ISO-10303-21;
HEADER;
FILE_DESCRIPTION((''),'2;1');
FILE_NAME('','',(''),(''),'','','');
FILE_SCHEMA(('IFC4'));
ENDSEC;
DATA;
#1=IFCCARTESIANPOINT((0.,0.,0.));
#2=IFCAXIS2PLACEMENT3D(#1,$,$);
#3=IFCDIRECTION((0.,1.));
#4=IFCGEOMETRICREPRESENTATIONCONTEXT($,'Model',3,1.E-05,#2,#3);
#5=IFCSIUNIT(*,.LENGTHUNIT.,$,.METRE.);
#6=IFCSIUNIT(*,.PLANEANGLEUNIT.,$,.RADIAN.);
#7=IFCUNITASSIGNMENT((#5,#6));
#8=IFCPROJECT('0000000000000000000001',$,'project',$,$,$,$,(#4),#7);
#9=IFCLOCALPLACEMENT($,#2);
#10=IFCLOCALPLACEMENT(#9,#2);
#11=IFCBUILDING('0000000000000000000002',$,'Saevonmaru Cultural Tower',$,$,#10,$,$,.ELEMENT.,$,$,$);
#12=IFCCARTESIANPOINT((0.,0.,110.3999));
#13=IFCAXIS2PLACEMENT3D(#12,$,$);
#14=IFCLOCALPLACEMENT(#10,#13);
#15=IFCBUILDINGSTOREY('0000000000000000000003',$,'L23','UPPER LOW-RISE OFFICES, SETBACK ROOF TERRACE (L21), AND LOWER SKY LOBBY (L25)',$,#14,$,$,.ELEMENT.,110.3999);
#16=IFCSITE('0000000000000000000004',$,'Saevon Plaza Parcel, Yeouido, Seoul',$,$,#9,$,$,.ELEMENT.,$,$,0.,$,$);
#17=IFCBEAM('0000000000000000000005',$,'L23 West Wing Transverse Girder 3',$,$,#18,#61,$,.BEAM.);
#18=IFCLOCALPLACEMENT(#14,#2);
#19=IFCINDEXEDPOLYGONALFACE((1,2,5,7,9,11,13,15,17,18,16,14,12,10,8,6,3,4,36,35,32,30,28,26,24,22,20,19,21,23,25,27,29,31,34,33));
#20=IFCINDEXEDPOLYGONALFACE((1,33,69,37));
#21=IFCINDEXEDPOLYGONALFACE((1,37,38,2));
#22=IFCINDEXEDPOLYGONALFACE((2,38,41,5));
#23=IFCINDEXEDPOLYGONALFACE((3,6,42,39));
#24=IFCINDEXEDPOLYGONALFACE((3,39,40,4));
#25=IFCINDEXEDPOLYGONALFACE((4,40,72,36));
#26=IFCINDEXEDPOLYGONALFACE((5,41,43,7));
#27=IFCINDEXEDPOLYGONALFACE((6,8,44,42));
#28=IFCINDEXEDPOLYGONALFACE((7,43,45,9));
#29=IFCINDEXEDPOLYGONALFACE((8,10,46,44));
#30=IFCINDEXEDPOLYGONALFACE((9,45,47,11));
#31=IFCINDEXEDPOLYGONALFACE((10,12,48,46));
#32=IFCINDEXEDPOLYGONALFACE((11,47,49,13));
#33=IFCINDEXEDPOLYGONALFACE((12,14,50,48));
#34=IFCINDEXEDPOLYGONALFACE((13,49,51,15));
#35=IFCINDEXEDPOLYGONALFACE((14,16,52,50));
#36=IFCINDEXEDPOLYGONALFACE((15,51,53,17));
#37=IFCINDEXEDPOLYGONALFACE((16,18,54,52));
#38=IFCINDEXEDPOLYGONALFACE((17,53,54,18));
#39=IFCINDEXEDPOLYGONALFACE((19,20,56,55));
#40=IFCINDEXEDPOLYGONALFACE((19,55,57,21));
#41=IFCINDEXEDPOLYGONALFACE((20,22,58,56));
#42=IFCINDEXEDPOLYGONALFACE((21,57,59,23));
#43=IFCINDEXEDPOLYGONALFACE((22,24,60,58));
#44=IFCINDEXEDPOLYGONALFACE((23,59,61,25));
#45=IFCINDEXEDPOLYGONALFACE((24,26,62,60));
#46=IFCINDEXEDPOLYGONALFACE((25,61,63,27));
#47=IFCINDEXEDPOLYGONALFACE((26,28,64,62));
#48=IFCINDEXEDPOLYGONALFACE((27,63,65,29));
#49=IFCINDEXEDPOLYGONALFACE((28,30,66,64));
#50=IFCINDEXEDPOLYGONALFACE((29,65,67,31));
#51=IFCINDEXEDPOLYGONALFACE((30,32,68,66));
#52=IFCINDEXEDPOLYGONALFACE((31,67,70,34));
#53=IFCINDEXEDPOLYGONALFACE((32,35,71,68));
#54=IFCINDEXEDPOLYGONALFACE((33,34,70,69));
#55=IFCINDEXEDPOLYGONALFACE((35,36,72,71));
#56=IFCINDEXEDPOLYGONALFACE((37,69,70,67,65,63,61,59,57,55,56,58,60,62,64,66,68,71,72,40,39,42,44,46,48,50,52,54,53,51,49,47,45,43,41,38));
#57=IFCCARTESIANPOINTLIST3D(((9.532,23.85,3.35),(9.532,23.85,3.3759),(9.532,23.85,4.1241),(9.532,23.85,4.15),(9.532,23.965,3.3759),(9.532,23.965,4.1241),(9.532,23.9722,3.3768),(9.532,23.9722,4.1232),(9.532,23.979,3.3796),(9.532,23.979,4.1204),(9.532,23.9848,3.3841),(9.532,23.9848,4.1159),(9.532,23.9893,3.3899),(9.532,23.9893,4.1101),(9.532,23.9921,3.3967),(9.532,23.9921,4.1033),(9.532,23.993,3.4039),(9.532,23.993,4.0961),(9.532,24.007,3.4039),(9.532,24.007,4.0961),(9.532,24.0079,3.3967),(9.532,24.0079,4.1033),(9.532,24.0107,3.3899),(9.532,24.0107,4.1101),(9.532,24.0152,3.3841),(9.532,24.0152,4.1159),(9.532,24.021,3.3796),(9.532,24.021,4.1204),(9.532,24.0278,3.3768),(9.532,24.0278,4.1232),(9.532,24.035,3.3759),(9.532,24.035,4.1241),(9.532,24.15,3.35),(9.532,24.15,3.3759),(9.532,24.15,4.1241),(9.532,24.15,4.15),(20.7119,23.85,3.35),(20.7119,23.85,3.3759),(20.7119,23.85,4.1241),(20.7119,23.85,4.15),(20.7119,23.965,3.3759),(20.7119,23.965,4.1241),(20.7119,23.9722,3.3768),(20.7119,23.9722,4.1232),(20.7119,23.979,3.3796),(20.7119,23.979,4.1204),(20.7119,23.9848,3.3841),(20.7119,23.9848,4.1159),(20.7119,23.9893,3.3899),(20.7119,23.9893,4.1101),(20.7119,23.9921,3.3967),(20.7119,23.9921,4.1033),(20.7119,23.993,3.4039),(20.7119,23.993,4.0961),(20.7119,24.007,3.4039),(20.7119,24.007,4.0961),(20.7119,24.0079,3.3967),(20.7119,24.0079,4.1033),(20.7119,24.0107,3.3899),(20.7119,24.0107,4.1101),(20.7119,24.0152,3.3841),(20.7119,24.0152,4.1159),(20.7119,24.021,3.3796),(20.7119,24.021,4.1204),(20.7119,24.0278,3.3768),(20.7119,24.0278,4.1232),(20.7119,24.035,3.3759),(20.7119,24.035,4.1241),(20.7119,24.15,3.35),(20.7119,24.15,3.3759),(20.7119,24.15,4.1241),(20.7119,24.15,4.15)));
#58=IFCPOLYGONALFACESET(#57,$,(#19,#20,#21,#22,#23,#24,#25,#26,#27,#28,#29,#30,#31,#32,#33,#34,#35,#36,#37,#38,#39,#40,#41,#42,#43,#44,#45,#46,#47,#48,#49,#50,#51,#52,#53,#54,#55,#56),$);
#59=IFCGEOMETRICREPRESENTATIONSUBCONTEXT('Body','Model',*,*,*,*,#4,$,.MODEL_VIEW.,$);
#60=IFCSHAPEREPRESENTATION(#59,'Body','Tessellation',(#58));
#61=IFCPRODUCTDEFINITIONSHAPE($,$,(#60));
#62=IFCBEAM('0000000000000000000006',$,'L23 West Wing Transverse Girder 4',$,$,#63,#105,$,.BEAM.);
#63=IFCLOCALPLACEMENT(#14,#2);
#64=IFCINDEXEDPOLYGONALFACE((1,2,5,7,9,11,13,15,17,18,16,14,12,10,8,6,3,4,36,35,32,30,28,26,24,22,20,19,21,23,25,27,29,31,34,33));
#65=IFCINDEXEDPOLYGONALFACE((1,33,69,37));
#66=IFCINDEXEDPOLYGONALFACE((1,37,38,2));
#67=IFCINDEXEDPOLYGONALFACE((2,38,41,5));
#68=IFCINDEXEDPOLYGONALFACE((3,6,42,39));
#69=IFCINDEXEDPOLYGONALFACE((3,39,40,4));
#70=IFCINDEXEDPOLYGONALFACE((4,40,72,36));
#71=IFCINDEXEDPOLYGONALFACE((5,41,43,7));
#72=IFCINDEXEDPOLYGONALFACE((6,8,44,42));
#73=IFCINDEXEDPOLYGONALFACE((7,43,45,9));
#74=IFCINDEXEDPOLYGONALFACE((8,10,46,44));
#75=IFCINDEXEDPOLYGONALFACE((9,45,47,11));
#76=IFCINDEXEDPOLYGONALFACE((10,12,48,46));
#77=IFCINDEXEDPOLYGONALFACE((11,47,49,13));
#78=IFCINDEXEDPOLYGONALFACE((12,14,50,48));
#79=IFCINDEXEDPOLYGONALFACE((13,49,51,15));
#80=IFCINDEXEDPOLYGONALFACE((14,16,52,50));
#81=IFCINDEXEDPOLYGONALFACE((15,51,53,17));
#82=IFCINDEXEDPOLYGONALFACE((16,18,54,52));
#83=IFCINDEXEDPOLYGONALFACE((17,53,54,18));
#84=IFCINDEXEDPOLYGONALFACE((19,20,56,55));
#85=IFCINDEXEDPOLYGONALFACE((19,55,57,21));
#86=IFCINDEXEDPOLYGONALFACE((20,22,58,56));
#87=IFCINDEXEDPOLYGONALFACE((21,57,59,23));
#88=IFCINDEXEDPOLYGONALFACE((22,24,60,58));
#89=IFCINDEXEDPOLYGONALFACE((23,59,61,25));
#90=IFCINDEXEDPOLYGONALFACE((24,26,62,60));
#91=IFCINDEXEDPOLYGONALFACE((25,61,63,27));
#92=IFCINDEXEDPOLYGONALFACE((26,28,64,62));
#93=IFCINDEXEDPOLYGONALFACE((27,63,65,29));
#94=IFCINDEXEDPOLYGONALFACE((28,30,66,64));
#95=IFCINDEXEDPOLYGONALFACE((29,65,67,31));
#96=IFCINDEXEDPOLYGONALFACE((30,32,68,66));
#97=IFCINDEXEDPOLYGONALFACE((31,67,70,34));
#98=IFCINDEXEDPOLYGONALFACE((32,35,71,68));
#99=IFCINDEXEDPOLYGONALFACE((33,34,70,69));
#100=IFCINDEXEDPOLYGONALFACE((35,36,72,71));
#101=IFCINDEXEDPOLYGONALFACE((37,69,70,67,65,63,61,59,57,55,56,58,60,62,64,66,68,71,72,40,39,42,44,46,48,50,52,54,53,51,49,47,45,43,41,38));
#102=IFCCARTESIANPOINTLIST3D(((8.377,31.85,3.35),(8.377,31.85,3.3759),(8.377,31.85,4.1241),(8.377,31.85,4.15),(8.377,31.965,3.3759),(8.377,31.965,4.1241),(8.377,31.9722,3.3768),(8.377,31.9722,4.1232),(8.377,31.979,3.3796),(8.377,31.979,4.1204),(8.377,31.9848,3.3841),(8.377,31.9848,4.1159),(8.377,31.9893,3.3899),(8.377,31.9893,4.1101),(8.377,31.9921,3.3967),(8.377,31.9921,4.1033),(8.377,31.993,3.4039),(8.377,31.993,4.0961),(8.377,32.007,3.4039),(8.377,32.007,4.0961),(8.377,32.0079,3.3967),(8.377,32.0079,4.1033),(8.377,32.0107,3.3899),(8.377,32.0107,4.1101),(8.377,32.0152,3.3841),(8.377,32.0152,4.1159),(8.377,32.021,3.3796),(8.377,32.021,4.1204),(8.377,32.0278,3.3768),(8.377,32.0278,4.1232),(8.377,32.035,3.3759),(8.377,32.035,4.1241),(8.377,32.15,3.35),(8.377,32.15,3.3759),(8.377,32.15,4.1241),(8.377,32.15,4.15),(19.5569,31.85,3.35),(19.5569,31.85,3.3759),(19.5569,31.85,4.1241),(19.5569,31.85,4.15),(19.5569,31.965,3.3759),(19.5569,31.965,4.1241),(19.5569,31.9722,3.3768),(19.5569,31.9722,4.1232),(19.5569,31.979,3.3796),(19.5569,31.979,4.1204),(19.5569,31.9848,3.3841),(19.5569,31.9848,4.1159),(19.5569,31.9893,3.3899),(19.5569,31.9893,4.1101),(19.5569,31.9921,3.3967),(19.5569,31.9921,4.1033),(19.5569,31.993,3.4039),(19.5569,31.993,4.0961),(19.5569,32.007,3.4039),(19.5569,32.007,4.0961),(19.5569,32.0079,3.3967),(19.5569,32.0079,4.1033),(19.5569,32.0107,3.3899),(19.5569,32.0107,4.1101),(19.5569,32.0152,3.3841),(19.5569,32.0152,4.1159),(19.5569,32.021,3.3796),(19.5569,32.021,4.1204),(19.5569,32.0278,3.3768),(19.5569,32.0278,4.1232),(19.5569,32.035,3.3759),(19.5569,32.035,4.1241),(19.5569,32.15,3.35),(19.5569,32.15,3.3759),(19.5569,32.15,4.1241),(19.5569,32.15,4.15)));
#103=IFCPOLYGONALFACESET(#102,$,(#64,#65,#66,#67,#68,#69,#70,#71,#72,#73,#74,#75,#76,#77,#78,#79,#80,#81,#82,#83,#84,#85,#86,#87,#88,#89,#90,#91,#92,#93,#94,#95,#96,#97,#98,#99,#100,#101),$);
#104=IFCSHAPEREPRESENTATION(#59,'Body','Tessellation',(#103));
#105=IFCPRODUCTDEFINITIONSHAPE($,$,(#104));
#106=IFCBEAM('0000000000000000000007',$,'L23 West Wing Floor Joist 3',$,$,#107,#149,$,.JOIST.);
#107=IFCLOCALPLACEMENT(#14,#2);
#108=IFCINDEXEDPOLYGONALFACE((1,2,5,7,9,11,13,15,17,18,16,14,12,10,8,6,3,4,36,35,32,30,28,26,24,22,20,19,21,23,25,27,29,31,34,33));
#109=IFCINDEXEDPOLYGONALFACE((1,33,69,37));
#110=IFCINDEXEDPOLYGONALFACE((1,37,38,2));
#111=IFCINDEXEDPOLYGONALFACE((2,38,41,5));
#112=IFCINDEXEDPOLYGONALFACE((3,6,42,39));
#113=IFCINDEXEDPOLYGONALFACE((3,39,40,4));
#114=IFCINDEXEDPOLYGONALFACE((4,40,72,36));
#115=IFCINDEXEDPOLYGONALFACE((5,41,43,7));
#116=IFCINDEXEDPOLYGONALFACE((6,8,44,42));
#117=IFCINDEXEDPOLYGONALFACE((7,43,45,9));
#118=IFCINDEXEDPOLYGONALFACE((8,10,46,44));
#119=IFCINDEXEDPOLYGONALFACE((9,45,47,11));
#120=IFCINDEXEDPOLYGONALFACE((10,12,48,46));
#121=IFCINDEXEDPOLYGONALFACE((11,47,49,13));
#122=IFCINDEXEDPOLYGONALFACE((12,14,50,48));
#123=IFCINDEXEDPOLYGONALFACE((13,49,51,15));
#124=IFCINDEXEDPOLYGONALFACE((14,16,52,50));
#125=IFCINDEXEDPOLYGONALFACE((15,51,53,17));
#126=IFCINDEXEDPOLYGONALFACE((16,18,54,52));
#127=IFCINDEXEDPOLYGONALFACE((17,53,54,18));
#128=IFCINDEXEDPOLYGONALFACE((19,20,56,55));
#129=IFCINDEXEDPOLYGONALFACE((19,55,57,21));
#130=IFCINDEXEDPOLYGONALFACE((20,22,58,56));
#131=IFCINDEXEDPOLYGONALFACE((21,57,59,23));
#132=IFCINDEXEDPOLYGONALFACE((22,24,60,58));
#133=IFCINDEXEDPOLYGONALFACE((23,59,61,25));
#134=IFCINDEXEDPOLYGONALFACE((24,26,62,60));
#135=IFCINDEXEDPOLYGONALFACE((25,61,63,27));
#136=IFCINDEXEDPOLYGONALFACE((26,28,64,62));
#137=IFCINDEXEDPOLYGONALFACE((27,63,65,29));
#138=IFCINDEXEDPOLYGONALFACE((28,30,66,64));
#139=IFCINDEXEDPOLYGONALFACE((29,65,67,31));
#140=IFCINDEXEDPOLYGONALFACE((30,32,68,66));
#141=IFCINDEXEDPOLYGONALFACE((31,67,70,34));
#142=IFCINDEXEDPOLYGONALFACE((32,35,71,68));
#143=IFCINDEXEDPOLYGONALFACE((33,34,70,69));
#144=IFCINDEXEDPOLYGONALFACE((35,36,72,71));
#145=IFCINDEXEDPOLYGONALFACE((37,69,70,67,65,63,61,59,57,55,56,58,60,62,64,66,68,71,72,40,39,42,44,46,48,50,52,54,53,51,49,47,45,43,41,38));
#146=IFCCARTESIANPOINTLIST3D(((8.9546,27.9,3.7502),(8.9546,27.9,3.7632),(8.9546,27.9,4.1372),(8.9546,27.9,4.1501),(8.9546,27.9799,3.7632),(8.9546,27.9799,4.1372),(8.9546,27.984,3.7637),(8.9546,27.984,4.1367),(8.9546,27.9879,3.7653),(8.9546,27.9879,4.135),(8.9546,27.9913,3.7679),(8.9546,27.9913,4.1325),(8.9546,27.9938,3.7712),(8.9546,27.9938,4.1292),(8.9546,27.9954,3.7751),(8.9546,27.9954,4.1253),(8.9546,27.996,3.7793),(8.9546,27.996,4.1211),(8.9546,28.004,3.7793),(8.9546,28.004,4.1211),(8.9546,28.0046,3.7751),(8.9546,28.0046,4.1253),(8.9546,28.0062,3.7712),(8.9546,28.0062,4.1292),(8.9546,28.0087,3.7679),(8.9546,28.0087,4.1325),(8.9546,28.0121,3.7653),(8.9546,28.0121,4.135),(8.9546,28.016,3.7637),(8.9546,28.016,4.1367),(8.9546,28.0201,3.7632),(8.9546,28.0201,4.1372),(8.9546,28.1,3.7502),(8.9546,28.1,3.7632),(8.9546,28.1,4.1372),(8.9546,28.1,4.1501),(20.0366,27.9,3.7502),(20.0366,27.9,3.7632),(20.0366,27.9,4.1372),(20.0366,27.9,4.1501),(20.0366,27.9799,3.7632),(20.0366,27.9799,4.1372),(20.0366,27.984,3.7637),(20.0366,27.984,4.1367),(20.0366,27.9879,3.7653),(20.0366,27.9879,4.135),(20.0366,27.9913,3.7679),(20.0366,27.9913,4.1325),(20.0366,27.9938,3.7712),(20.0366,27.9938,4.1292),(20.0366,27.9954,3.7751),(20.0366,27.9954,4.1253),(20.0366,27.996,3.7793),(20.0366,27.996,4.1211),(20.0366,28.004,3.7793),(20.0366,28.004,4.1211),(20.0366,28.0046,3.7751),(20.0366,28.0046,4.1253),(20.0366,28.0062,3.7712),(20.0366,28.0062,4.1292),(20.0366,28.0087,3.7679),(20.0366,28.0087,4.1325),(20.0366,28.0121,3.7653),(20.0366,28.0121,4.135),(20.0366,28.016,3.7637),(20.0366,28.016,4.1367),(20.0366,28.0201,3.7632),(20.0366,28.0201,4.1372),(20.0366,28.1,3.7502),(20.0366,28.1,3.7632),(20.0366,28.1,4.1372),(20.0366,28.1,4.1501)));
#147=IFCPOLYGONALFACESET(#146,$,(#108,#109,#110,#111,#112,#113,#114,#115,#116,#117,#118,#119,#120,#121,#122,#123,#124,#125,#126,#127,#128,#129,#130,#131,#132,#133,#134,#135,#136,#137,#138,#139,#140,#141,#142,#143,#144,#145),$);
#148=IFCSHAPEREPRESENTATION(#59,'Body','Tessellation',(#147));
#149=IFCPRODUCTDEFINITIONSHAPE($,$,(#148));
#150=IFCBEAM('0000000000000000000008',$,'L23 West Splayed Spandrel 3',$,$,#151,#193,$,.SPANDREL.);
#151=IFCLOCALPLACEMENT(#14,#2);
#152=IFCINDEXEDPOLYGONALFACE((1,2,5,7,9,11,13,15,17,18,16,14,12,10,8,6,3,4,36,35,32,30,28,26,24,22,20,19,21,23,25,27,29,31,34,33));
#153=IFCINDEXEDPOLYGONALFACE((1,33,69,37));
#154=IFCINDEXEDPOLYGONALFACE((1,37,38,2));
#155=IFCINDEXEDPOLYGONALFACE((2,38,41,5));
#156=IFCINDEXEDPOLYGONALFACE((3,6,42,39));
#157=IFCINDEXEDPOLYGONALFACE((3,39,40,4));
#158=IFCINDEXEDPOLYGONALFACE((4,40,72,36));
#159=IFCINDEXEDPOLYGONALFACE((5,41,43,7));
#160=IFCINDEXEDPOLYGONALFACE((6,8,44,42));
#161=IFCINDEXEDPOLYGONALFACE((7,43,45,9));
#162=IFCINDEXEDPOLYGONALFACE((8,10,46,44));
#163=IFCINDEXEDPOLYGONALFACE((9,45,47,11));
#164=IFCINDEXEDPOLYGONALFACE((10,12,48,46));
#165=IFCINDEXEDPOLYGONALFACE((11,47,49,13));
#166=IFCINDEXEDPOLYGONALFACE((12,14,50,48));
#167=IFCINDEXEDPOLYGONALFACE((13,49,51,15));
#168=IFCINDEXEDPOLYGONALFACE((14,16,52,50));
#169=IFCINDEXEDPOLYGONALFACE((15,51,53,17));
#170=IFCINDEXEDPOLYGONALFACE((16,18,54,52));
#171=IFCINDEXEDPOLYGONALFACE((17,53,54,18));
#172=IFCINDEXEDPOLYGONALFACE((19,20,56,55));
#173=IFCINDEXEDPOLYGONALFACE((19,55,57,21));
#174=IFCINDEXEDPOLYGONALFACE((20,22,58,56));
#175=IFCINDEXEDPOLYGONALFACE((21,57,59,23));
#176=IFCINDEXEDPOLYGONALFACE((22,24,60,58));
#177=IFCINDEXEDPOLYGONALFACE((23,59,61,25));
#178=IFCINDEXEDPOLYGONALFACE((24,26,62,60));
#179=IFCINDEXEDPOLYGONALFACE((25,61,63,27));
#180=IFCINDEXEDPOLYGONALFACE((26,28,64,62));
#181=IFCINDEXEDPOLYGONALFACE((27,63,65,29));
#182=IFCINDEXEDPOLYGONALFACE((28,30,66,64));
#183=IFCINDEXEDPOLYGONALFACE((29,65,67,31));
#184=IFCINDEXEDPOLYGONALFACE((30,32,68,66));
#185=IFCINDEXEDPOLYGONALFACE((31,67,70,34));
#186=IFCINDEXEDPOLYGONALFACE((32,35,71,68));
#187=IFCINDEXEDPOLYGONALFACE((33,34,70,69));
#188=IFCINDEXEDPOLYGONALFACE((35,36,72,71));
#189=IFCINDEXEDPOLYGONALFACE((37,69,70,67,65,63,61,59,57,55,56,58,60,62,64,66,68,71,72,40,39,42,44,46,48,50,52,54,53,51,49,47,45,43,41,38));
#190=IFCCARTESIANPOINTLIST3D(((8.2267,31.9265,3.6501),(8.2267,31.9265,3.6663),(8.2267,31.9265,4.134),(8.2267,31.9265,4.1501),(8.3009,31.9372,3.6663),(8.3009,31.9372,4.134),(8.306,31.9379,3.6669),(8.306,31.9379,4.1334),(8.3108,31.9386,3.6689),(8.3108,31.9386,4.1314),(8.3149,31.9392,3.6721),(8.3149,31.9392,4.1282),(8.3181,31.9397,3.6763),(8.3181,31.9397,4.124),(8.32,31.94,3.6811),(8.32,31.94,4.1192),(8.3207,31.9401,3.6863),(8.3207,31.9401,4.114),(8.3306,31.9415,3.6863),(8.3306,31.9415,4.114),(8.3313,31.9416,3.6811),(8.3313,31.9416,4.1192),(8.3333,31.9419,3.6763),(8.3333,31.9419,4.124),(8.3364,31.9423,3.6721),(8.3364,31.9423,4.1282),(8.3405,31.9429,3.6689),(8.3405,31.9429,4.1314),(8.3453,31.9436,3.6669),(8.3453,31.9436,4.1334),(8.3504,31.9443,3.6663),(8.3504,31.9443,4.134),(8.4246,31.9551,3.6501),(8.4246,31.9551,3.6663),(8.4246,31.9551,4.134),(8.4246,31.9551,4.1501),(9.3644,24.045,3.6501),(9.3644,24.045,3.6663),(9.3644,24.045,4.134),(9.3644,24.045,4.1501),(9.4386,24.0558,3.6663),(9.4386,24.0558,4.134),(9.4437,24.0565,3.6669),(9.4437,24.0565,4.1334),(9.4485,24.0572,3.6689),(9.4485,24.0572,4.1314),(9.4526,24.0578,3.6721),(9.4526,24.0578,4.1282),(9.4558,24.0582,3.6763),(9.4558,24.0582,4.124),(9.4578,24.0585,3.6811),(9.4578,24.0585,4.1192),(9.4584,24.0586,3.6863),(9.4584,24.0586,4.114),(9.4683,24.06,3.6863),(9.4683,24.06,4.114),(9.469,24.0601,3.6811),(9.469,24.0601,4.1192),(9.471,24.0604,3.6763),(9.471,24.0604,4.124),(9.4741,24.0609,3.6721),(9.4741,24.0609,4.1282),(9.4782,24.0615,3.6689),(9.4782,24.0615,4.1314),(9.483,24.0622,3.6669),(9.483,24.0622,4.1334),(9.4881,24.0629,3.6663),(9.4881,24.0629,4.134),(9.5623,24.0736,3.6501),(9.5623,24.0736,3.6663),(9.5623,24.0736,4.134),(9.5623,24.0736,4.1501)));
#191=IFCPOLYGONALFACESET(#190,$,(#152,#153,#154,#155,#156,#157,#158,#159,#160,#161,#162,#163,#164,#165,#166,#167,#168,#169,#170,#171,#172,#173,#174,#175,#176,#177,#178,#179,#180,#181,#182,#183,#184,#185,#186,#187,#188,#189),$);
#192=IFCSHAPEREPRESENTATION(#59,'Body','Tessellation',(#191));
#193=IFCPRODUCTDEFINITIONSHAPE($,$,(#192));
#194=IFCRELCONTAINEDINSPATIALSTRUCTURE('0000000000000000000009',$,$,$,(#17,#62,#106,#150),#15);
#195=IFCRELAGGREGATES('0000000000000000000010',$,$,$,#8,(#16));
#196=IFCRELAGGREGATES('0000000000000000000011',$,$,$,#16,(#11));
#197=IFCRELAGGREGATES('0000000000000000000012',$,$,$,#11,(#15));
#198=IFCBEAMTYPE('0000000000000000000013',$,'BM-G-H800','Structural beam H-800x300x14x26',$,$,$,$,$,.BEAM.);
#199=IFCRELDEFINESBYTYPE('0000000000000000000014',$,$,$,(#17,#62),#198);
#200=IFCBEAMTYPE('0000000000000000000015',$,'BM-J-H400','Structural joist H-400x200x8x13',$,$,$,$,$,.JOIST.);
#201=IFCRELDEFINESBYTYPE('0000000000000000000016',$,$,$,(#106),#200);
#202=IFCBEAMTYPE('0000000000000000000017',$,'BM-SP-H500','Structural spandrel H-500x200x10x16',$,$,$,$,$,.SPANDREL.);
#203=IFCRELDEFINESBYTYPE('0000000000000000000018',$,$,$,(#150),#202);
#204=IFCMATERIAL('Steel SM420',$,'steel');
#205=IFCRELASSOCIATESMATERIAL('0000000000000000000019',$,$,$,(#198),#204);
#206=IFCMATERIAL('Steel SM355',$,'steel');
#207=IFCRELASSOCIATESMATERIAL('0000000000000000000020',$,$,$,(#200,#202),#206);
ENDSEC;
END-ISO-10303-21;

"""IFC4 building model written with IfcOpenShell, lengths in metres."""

from ifc_helpers import new_model, si_unit, direction, frame, origin, origin_2d, place, context, subcontext, project, spatial, i_section, extrude, material, material_profile, profile_set, type_object, element, save


model = new_model("IFC4")

# Units and contexts
model_context = context("Model", 3, precision=1e-05, world=origin(), true_north=direction((0.0, 1.0)))
body_context = subcontext(model_context, "Body", "Model", "MODEL_VIEW")
ifc_project = project(units=[si_unit("LENGTHUNIT", "METRE"), si_unit("PLANEANGLEUNIT", "RADIAN")], contexts=[model_context])

# Site, building, storey
site_placement = place(None, origin())
site = spatial("IfcSite", under=ifc_project, at=site_placement, Name="Saevon Plaza Parcel, Yeouido, Seoul", CompositionType="ELEMENT", RefElevation=0.0)
building_placement = place(site_placement, origin())
building = spatial("IfcBuilding", under=site, at=building_placement, Name="Saevonmaru Cultural Tower", CompositionType="ELEMENT")
storey_placement = place(building_placement, frame((0.0, 0.0, 110.3999)))
storey = spatial("IfcBuildingStorey", under=building, at=storey_placement, Name="L23", Description="UPPER LOW-RISE OFFICES, SETBACK ROOF TERRACE (L21), AND LOWER SKY LOBBY (L25)", CompositionType="ELEMENT", Elevation=110.3999)

# Shared definitions
ifc_material_1 = material(Name="Steel SM420", Category="steel")
ifc_material_2 = material(Name="Steel SM355", Category="steel")

# Beams
ifc_material_profile_1 = material_profile(ifc_material_1, i_section(OverallWidth=0.3, OverallDepth=0.8, WebThickness=0.0139, FlangeThickness=0.0259, FilletRadius=0.0281, at=origin_2d()), Name="H-800x300x14x26")
ifc_profile_set_1 = profile_set([ifc_material_profile_1], Name="Steel SM420")
beam_type_1 = type_object("IfcBeamType", Name="BM-G-H800", Description="Structural beam H-800x300x14x26", PredefinedType="BEAM", material=ifc_profile_set_1)
for number, where, z_axis, x_axis, name in (
    (1, (9.532, 24.0, 3.75), (1.0, 0.0, 0.0), (0.0, 1.0, 0.0), "L23 West Wing Transverse Girder 3"),
    (2, (8.377, 32.0, 3.75), (1.0, 0.0, 0.0), (0.0, 1.0, 0.0), "L23 West Wing Transverse Girder 4"),
):
    element("IfcBeam", number, at=place(storey_placement, frame(where, z_axis=z_axis, x_axis=x_axis)), inside=storey, type_object=beam_type_1, Name=name, PredefinedType="BEAM", context=body_context, shape_type="SweptSolid", body=[
        extrude(i_section(OverallWidth=0.3, OverallDepth=0.8, WebThickness=0.0139, FlangeThickness=0.0259, FilletRadius=0.0281, at=origin_2d()), origin(), (0.0, 0.0, 1.0), 11.1799),
    ])
ifc_material_profile_2 = material_profile(ifc_material_2, i_section(OverallWidth=0.2, OverallDepth=0.3999, WebThickness=0.0081, FlangeThickness=0.0129, FilletRadius=0.0161, at=origin_2d()), Name="H-400x200x8x13")
ifc_profile_set_2 = profile_set([ifc_material_profile_2], Name="Steel SM355")
beam_type_2 = type_object("IfcBeamType", Name="BM-J-H400", Description="Structural joist H-400x200x8x13", PredefinedType="JOIST", material=ifc_profile_set_2)
beam_1_placement = place(storey_placement, frame((8.9546, 28.0, 3.9502), z_axis=(1.0, 0.0, 0.0), x_axis=(0.0, 1.0, 0.0)))
element("IfcBeam", 3, at=beam_1_placement, inside=storey, type_object=beam_type_2, Name="L23 West Wing Floor Joist 3", PredefinedType="JOIST", context=body_context, shape_type="SweptSolid", body=[
    extrude(i_section(OverallWidth=0.2, OverallDepth=0.3999, WebThickness=0.0081, FlangeThickness=0.0129, FilletRadius=0.0161, at=origin_2d()), origin(), (0.0, 0.0, 1.0), 11.082),
])
ifc_material_profile_3 = material_profile(ifc_material_2, i_section(OverallWidth=0.2, OverallDepth=0.5, WebThickness=0.01, FlangeThickness=0.0161, FilletRadius=0.02, at=origin_2d()), Name="H-500x200x10x16")
ifc_profile_set_3 = profile_set([ifc_material_profile_3], Name="Steel SM355")
beam_type_3 = type_object("IfcBeamType", Name="BM-SP-H500", Description="Structural spandrel H-500x200x10x16", PredefinedType="SPANDREL", material=ifc_profile_set_3)
beam_2_placement = place(storey_placement, frame((9.4634, 24.0593, 3.9001), z_axis=(-0.142872, 0.989741, 0.0), x_axis=(-0.989741, -0.142872, 0.0)))
element("IfcBeam", 4, at=beam_2_placement, inside=storey, type_object=beam_type_3, Name="L23 West Splayed Spandrel 3", PredefinedType="SPANDREL", context=body_context, shape_type="SweptSolid", body=[
    extrude(i_section(OverallWidth=0.2, OverallDepth=0.5, WebThickness=0.01, FlangeThickness=0.0161, FilletRadius=0.02, at=origin_2d()), origin(), (0.0, 0.0, 1.0), 7.9631),
])

save(model, "model.ifc")
